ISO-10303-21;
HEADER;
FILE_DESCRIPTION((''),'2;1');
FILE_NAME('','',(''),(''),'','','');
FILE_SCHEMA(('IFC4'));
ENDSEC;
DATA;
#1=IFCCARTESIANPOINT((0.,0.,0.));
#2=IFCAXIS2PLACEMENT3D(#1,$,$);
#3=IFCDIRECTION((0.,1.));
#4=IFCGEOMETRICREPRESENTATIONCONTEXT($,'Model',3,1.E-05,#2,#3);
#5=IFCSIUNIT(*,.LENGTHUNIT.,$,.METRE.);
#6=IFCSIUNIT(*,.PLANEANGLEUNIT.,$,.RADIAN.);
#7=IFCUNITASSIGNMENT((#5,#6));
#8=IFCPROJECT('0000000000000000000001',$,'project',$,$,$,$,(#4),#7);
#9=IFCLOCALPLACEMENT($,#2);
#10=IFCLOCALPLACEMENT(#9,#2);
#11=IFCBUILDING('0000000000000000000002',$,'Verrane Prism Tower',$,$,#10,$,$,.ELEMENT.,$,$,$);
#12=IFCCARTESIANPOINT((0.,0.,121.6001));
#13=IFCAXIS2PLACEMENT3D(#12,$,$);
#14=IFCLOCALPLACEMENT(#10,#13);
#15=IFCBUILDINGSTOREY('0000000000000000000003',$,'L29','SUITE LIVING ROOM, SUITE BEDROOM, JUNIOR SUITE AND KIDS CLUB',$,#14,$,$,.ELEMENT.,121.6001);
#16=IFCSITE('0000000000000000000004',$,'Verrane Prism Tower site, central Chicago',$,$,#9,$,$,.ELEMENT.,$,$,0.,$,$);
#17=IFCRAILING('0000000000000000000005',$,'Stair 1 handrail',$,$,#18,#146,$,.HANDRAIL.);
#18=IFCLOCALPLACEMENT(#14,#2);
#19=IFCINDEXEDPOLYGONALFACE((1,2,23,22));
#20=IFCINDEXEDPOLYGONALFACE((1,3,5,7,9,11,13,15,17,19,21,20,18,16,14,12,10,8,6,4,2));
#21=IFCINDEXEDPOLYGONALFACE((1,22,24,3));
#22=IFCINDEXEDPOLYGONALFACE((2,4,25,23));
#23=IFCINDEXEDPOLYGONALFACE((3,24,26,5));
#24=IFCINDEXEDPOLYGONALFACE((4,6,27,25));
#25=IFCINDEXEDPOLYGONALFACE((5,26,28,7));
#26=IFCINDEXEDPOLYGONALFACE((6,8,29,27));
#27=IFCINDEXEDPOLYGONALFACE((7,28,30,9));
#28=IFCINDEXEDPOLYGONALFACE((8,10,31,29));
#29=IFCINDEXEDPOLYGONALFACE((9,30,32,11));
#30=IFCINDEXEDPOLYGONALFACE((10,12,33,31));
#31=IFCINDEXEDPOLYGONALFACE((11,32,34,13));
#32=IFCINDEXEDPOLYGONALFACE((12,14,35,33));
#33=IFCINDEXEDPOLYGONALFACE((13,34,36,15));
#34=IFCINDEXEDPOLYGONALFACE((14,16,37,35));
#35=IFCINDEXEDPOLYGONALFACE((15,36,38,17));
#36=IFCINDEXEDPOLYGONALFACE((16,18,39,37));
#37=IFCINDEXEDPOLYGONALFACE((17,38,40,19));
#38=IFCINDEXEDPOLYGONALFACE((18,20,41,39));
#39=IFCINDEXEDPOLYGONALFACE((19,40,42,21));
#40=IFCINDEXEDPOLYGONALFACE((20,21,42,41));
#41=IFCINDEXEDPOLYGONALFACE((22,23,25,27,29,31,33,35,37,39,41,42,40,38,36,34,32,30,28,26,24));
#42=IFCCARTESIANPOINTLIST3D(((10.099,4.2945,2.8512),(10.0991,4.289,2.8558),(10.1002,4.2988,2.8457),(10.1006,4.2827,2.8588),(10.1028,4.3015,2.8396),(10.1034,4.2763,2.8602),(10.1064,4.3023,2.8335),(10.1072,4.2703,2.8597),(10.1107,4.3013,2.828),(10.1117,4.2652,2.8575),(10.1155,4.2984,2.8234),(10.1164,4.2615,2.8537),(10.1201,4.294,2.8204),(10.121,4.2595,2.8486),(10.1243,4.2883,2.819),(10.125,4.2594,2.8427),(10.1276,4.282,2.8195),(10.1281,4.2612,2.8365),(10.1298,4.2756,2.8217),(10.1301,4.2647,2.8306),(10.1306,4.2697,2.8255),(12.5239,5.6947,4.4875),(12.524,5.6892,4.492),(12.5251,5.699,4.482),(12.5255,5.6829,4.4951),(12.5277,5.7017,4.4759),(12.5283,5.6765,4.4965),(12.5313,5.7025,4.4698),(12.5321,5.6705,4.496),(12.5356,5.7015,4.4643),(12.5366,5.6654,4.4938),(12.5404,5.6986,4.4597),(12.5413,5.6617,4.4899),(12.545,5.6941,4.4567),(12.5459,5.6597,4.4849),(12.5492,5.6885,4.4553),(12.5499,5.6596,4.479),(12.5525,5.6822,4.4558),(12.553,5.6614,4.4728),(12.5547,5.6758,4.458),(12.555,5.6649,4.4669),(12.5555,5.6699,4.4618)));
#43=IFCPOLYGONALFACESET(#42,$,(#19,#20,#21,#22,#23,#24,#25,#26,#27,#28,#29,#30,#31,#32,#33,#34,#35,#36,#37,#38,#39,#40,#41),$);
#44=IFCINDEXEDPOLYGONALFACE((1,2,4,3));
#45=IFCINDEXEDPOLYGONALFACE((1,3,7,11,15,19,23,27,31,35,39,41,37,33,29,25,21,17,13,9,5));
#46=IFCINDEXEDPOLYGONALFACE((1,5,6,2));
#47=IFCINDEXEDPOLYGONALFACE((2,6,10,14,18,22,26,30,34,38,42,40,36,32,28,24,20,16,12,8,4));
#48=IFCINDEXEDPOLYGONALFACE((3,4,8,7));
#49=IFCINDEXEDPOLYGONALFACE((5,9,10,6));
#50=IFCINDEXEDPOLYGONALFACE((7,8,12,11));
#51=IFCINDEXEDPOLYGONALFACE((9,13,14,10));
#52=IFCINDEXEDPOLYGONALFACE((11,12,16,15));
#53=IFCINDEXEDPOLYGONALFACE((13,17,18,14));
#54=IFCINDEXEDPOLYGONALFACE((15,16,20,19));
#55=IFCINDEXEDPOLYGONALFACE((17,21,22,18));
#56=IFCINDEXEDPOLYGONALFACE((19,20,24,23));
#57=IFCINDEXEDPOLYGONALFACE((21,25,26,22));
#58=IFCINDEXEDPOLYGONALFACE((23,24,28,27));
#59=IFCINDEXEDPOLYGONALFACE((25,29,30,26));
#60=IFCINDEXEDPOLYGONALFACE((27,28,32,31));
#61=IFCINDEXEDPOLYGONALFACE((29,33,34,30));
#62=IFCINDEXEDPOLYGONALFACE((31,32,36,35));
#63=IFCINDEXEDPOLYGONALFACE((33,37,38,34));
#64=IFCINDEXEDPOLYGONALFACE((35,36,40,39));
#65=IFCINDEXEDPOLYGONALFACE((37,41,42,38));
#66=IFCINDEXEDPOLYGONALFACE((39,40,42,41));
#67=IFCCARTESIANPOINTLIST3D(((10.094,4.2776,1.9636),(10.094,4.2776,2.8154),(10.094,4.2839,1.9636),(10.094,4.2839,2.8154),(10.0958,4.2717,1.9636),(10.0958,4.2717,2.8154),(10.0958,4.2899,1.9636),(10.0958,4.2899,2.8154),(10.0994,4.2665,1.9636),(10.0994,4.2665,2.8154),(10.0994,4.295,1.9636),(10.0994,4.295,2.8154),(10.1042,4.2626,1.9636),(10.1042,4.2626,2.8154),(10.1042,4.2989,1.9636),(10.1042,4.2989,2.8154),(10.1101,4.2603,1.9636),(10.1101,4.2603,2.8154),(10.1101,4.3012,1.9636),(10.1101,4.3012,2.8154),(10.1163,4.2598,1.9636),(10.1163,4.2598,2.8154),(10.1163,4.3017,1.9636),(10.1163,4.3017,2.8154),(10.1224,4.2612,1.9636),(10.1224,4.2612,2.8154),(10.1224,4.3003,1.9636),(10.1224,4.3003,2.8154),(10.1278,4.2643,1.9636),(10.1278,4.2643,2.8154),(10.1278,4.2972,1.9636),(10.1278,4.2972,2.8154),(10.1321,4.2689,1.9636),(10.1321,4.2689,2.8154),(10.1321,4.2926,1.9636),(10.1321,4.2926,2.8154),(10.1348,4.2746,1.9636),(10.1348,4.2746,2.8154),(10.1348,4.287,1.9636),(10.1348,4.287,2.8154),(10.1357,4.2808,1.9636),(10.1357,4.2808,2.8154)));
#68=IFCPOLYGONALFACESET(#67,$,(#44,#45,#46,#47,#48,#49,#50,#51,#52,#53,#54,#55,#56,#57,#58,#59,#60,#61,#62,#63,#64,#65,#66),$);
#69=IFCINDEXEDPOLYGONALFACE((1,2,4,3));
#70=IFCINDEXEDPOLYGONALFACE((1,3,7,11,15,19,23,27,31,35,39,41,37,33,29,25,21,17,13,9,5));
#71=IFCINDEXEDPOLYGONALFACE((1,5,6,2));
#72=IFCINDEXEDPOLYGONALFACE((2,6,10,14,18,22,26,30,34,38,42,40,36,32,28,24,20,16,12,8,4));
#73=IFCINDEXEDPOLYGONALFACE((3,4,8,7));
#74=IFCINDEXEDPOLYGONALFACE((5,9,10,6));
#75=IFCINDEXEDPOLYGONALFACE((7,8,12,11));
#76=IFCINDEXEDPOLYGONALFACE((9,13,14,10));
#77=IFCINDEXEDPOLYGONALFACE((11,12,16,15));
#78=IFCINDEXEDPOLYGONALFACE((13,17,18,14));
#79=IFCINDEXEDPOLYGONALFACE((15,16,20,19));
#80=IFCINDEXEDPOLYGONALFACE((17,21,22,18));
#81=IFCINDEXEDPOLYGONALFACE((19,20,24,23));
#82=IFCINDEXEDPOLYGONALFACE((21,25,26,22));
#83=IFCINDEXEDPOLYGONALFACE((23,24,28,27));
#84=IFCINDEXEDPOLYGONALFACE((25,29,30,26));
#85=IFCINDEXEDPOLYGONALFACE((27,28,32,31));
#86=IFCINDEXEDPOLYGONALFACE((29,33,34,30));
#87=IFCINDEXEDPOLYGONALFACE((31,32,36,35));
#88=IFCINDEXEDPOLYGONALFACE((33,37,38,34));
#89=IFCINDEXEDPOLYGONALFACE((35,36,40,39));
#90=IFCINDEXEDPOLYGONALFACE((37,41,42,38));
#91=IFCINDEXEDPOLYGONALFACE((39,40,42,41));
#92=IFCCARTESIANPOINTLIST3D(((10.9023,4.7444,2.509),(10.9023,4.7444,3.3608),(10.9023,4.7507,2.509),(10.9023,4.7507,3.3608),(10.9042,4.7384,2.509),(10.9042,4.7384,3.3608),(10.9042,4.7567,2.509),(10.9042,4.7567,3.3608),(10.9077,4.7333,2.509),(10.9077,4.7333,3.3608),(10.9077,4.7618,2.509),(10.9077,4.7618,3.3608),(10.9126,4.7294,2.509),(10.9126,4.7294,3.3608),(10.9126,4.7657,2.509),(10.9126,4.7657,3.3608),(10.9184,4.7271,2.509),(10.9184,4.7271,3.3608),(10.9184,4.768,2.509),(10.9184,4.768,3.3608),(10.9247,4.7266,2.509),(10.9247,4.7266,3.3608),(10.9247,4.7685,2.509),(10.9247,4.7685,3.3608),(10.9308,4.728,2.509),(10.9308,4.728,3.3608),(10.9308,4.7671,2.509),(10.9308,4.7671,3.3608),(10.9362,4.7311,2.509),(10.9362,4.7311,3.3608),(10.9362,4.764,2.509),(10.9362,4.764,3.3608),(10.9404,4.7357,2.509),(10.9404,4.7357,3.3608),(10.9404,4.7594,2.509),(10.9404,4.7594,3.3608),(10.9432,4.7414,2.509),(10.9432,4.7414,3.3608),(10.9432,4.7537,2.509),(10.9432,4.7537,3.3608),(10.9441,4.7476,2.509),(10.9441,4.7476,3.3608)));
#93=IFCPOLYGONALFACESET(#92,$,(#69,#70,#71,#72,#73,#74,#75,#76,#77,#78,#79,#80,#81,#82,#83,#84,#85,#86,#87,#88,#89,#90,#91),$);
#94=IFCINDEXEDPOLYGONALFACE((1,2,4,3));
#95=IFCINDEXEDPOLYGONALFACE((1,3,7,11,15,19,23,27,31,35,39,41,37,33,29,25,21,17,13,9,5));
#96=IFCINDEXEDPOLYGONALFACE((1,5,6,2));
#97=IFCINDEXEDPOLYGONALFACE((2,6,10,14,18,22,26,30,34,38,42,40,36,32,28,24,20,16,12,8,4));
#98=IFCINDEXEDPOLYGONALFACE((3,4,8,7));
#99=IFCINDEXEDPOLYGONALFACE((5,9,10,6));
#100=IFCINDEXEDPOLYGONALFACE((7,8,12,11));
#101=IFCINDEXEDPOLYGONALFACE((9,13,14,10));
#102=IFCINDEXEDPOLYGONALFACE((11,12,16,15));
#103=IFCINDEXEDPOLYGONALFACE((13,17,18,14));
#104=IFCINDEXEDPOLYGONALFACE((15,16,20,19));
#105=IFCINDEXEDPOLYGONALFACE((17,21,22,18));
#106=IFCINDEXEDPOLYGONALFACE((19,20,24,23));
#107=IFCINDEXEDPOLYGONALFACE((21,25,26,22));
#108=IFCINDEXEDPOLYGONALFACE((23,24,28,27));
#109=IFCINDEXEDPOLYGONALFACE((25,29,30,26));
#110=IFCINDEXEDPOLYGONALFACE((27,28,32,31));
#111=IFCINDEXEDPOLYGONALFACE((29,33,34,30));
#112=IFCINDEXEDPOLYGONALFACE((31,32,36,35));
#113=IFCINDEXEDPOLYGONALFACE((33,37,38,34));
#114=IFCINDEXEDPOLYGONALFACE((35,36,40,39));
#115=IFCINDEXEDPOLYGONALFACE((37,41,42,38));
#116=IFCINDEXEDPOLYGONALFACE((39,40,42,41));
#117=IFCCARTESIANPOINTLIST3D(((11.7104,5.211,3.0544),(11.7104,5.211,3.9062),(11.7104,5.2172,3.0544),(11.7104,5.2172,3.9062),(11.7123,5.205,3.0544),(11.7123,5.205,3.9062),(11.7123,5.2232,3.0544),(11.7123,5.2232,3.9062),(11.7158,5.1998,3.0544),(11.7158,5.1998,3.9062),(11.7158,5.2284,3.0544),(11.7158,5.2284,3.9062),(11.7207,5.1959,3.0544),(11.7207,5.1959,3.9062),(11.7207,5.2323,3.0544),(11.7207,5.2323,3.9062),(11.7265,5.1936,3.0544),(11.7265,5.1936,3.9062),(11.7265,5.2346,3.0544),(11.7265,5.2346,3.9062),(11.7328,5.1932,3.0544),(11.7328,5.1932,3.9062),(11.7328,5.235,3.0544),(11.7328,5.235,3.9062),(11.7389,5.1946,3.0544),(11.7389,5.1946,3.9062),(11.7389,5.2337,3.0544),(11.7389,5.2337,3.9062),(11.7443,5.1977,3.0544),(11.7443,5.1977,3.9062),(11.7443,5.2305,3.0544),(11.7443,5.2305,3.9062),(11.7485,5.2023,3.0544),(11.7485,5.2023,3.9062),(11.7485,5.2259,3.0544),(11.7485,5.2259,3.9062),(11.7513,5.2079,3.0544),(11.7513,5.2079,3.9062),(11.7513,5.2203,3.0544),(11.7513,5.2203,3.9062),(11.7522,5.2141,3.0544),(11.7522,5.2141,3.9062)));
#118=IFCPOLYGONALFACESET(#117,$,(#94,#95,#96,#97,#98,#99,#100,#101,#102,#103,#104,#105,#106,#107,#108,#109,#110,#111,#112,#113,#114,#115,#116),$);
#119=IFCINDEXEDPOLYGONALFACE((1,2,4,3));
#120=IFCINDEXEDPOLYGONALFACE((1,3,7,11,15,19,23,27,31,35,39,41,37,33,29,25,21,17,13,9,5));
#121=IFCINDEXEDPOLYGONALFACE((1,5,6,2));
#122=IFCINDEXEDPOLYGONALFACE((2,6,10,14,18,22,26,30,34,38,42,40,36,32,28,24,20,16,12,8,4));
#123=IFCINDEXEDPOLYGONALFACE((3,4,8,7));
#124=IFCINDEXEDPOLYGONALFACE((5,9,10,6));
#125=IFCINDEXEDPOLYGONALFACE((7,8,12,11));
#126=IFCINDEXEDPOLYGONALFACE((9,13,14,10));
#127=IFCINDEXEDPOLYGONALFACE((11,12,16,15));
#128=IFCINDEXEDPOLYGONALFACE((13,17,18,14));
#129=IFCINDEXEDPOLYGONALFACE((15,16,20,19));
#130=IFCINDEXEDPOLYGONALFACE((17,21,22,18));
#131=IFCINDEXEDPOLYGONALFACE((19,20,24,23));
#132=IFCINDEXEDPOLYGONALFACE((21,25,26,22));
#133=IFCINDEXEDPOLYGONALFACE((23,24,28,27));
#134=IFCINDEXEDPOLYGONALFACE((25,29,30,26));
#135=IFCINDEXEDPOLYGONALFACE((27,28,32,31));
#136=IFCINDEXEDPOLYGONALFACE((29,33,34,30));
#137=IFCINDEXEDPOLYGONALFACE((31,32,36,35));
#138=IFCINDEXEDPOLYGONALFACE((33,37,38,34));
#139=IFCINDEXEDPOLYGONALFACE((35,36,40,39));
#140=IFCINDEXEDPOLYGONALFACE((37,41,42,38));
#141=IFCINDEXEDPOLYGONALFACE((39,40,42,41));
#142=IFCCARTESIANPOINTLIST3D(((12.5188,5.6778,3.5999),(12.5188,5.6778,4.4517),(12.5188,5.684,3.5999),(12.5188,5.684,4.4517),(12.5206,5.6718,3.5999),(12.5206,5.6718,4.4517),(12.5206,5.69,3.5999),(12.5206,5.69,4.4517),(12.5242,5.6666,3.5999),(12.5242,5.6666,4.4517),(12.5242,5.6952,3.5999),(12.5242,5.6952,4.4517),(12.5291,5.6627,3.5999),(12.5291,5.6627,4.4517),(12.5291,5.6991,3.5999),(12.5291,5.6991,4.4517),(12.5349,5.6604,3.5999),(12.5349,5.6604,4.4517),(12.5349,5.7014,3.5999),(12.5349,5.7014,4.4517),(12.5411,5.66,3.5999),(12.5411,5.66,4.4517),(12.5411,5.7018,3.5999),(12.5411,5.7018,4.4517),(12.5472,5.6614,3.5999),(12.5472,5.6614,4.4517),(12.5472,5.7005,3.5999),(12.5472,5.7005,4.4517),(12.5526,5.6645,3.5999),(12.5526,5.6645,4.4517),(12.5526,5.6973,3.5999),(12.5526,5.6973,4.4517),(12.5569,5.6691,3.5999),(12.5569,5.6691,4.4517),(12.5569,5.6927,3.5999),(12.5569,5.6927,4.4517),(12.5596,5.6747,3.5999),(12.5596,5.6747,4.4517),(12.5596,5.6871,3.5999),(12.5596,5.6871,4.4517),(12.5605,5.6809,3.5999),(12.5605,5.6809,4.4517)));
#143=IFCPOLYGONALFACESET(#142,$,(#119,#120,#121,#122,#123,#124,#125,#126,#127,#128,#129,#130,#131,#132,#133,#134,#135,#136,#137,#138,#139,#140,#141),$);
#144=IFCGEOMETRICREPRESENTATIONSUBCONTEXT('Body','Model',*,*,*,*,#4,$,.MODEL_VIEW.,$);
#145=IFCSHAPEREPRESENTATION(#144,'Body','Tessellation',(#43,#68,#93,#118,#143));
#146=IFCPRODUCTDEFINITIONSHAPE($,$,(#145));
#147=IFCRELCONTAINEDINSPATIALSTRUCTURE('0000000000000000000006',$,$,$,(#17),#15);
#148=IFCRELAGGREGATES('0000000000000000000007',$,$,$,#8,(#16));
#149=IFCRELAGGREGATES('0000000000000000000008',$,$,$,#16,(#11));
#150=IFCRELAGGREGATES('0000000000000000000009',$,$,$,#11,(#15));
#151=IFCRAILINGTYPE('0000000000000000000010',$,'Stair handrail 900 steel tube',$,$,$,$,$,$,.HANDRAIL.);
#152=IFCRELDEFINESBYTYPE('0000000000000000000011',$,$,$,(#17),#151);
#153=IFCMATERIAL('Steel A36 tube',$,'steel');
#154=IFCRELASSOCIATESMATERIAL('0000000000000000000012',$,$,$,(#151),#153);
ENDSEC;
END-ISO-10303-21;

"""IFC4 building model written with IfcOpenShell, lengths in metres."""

from ifc_helpers import new_model, si_unit, direction, frame, origin, origin_2d, place, context, subcontext, project, spatial, circle, extrude, material, type_object, element, save


model = new_model("IFC4")

# Units and contexts
model_context = context("Model", 3, precision=1e-05, world=origin(), true_north=direction((0.0, 1.0)))
body_context = subcontext(model_context, "Body", "Model", "MODEL_VIEW")
ifc_project = project(units=[si_unit("LENGTHUNIT", "METRE"), si_unit("PLANEANGLEUNIT", "RADIAN")], contexts=[model_context])

# Site, building, storey
site_placement = place(None, origin())
site = spatial("IfcSite", under=ifc_project, at=site_placement, Name="Verrane Prism Tower site, central Chicago", CompositionType="ELEMENT", RefElevation=0.0)
building_placement = place(site_placement, origin())
building = spatial("IfcBuilding", under=site, at=building_placement, Name="Verrane Prism Tower", CompositionType="ELEMENT")
storey_placement = place(building_placement, frame((0.0, 0.0, 121.6001)))
storey = spatial("IfcBuildingStorey", under=building, at=storey_placement, Name="L29", Description="SUITE LIVING ROOM, SUITE BEDROOM, JUNIOR SUITE AND KIDS CLUB", CompositionType="ELEMENT", Elevation=121.6001)

# Railing
ifc_material_1 = material(Name="Steel A36 tube", Category="steel")
railing_type_1 = type_object("IfcRailingType", Name="Stair handrail 900 steel tube", PredefinedType="HANDRAIL", material=ifc_material_1)
railing_1_placement = place(storey_placement, frame((10.1147, 4.2808, 1.9636)))
element("IfcRailing", 1, at=railing_1_placement, inside=storey, type_object=railing_type_1, Name="Stair 1 handrail", PredefinedType="HANDRAIL", context=body_context, shape_type="SweptSolid", body=[
    extrude(circle(Radius=0.0239, at=origin_2d()), frame((0.0, 0.0, 0.876), z_axis=(0.747694, 0.431738, 0.504535), x_axis=(-0.50005, 0.865997, 0.0)), (0.0, 0.0, 1.0), 3.2432),
    extrude(circle(Radius=0.021, at=origin_2d()), origin(), (0.0, 0.0, 1.0), 0.8518),
    extrude(circle(Radius=0.021, at=origin_2d()), frame((0.8083, 0.4668, 0.5454)), (0.0, 0.0, 1.0), 0.8518),
    extrude(circle(Radius=0.021, at=origin_2d()), frame((1.6165, 0.9333, 1.0908)), (0.0, 0.0, 1.0), 0.8518),
    extrude(circle(Radius=0.021, at=origin_2d()), frame((2.4248, 1.4001, 1.6362)), (0.0, 0.0, 1.0), 0.8518),
])

save(model, "model.ifc")
